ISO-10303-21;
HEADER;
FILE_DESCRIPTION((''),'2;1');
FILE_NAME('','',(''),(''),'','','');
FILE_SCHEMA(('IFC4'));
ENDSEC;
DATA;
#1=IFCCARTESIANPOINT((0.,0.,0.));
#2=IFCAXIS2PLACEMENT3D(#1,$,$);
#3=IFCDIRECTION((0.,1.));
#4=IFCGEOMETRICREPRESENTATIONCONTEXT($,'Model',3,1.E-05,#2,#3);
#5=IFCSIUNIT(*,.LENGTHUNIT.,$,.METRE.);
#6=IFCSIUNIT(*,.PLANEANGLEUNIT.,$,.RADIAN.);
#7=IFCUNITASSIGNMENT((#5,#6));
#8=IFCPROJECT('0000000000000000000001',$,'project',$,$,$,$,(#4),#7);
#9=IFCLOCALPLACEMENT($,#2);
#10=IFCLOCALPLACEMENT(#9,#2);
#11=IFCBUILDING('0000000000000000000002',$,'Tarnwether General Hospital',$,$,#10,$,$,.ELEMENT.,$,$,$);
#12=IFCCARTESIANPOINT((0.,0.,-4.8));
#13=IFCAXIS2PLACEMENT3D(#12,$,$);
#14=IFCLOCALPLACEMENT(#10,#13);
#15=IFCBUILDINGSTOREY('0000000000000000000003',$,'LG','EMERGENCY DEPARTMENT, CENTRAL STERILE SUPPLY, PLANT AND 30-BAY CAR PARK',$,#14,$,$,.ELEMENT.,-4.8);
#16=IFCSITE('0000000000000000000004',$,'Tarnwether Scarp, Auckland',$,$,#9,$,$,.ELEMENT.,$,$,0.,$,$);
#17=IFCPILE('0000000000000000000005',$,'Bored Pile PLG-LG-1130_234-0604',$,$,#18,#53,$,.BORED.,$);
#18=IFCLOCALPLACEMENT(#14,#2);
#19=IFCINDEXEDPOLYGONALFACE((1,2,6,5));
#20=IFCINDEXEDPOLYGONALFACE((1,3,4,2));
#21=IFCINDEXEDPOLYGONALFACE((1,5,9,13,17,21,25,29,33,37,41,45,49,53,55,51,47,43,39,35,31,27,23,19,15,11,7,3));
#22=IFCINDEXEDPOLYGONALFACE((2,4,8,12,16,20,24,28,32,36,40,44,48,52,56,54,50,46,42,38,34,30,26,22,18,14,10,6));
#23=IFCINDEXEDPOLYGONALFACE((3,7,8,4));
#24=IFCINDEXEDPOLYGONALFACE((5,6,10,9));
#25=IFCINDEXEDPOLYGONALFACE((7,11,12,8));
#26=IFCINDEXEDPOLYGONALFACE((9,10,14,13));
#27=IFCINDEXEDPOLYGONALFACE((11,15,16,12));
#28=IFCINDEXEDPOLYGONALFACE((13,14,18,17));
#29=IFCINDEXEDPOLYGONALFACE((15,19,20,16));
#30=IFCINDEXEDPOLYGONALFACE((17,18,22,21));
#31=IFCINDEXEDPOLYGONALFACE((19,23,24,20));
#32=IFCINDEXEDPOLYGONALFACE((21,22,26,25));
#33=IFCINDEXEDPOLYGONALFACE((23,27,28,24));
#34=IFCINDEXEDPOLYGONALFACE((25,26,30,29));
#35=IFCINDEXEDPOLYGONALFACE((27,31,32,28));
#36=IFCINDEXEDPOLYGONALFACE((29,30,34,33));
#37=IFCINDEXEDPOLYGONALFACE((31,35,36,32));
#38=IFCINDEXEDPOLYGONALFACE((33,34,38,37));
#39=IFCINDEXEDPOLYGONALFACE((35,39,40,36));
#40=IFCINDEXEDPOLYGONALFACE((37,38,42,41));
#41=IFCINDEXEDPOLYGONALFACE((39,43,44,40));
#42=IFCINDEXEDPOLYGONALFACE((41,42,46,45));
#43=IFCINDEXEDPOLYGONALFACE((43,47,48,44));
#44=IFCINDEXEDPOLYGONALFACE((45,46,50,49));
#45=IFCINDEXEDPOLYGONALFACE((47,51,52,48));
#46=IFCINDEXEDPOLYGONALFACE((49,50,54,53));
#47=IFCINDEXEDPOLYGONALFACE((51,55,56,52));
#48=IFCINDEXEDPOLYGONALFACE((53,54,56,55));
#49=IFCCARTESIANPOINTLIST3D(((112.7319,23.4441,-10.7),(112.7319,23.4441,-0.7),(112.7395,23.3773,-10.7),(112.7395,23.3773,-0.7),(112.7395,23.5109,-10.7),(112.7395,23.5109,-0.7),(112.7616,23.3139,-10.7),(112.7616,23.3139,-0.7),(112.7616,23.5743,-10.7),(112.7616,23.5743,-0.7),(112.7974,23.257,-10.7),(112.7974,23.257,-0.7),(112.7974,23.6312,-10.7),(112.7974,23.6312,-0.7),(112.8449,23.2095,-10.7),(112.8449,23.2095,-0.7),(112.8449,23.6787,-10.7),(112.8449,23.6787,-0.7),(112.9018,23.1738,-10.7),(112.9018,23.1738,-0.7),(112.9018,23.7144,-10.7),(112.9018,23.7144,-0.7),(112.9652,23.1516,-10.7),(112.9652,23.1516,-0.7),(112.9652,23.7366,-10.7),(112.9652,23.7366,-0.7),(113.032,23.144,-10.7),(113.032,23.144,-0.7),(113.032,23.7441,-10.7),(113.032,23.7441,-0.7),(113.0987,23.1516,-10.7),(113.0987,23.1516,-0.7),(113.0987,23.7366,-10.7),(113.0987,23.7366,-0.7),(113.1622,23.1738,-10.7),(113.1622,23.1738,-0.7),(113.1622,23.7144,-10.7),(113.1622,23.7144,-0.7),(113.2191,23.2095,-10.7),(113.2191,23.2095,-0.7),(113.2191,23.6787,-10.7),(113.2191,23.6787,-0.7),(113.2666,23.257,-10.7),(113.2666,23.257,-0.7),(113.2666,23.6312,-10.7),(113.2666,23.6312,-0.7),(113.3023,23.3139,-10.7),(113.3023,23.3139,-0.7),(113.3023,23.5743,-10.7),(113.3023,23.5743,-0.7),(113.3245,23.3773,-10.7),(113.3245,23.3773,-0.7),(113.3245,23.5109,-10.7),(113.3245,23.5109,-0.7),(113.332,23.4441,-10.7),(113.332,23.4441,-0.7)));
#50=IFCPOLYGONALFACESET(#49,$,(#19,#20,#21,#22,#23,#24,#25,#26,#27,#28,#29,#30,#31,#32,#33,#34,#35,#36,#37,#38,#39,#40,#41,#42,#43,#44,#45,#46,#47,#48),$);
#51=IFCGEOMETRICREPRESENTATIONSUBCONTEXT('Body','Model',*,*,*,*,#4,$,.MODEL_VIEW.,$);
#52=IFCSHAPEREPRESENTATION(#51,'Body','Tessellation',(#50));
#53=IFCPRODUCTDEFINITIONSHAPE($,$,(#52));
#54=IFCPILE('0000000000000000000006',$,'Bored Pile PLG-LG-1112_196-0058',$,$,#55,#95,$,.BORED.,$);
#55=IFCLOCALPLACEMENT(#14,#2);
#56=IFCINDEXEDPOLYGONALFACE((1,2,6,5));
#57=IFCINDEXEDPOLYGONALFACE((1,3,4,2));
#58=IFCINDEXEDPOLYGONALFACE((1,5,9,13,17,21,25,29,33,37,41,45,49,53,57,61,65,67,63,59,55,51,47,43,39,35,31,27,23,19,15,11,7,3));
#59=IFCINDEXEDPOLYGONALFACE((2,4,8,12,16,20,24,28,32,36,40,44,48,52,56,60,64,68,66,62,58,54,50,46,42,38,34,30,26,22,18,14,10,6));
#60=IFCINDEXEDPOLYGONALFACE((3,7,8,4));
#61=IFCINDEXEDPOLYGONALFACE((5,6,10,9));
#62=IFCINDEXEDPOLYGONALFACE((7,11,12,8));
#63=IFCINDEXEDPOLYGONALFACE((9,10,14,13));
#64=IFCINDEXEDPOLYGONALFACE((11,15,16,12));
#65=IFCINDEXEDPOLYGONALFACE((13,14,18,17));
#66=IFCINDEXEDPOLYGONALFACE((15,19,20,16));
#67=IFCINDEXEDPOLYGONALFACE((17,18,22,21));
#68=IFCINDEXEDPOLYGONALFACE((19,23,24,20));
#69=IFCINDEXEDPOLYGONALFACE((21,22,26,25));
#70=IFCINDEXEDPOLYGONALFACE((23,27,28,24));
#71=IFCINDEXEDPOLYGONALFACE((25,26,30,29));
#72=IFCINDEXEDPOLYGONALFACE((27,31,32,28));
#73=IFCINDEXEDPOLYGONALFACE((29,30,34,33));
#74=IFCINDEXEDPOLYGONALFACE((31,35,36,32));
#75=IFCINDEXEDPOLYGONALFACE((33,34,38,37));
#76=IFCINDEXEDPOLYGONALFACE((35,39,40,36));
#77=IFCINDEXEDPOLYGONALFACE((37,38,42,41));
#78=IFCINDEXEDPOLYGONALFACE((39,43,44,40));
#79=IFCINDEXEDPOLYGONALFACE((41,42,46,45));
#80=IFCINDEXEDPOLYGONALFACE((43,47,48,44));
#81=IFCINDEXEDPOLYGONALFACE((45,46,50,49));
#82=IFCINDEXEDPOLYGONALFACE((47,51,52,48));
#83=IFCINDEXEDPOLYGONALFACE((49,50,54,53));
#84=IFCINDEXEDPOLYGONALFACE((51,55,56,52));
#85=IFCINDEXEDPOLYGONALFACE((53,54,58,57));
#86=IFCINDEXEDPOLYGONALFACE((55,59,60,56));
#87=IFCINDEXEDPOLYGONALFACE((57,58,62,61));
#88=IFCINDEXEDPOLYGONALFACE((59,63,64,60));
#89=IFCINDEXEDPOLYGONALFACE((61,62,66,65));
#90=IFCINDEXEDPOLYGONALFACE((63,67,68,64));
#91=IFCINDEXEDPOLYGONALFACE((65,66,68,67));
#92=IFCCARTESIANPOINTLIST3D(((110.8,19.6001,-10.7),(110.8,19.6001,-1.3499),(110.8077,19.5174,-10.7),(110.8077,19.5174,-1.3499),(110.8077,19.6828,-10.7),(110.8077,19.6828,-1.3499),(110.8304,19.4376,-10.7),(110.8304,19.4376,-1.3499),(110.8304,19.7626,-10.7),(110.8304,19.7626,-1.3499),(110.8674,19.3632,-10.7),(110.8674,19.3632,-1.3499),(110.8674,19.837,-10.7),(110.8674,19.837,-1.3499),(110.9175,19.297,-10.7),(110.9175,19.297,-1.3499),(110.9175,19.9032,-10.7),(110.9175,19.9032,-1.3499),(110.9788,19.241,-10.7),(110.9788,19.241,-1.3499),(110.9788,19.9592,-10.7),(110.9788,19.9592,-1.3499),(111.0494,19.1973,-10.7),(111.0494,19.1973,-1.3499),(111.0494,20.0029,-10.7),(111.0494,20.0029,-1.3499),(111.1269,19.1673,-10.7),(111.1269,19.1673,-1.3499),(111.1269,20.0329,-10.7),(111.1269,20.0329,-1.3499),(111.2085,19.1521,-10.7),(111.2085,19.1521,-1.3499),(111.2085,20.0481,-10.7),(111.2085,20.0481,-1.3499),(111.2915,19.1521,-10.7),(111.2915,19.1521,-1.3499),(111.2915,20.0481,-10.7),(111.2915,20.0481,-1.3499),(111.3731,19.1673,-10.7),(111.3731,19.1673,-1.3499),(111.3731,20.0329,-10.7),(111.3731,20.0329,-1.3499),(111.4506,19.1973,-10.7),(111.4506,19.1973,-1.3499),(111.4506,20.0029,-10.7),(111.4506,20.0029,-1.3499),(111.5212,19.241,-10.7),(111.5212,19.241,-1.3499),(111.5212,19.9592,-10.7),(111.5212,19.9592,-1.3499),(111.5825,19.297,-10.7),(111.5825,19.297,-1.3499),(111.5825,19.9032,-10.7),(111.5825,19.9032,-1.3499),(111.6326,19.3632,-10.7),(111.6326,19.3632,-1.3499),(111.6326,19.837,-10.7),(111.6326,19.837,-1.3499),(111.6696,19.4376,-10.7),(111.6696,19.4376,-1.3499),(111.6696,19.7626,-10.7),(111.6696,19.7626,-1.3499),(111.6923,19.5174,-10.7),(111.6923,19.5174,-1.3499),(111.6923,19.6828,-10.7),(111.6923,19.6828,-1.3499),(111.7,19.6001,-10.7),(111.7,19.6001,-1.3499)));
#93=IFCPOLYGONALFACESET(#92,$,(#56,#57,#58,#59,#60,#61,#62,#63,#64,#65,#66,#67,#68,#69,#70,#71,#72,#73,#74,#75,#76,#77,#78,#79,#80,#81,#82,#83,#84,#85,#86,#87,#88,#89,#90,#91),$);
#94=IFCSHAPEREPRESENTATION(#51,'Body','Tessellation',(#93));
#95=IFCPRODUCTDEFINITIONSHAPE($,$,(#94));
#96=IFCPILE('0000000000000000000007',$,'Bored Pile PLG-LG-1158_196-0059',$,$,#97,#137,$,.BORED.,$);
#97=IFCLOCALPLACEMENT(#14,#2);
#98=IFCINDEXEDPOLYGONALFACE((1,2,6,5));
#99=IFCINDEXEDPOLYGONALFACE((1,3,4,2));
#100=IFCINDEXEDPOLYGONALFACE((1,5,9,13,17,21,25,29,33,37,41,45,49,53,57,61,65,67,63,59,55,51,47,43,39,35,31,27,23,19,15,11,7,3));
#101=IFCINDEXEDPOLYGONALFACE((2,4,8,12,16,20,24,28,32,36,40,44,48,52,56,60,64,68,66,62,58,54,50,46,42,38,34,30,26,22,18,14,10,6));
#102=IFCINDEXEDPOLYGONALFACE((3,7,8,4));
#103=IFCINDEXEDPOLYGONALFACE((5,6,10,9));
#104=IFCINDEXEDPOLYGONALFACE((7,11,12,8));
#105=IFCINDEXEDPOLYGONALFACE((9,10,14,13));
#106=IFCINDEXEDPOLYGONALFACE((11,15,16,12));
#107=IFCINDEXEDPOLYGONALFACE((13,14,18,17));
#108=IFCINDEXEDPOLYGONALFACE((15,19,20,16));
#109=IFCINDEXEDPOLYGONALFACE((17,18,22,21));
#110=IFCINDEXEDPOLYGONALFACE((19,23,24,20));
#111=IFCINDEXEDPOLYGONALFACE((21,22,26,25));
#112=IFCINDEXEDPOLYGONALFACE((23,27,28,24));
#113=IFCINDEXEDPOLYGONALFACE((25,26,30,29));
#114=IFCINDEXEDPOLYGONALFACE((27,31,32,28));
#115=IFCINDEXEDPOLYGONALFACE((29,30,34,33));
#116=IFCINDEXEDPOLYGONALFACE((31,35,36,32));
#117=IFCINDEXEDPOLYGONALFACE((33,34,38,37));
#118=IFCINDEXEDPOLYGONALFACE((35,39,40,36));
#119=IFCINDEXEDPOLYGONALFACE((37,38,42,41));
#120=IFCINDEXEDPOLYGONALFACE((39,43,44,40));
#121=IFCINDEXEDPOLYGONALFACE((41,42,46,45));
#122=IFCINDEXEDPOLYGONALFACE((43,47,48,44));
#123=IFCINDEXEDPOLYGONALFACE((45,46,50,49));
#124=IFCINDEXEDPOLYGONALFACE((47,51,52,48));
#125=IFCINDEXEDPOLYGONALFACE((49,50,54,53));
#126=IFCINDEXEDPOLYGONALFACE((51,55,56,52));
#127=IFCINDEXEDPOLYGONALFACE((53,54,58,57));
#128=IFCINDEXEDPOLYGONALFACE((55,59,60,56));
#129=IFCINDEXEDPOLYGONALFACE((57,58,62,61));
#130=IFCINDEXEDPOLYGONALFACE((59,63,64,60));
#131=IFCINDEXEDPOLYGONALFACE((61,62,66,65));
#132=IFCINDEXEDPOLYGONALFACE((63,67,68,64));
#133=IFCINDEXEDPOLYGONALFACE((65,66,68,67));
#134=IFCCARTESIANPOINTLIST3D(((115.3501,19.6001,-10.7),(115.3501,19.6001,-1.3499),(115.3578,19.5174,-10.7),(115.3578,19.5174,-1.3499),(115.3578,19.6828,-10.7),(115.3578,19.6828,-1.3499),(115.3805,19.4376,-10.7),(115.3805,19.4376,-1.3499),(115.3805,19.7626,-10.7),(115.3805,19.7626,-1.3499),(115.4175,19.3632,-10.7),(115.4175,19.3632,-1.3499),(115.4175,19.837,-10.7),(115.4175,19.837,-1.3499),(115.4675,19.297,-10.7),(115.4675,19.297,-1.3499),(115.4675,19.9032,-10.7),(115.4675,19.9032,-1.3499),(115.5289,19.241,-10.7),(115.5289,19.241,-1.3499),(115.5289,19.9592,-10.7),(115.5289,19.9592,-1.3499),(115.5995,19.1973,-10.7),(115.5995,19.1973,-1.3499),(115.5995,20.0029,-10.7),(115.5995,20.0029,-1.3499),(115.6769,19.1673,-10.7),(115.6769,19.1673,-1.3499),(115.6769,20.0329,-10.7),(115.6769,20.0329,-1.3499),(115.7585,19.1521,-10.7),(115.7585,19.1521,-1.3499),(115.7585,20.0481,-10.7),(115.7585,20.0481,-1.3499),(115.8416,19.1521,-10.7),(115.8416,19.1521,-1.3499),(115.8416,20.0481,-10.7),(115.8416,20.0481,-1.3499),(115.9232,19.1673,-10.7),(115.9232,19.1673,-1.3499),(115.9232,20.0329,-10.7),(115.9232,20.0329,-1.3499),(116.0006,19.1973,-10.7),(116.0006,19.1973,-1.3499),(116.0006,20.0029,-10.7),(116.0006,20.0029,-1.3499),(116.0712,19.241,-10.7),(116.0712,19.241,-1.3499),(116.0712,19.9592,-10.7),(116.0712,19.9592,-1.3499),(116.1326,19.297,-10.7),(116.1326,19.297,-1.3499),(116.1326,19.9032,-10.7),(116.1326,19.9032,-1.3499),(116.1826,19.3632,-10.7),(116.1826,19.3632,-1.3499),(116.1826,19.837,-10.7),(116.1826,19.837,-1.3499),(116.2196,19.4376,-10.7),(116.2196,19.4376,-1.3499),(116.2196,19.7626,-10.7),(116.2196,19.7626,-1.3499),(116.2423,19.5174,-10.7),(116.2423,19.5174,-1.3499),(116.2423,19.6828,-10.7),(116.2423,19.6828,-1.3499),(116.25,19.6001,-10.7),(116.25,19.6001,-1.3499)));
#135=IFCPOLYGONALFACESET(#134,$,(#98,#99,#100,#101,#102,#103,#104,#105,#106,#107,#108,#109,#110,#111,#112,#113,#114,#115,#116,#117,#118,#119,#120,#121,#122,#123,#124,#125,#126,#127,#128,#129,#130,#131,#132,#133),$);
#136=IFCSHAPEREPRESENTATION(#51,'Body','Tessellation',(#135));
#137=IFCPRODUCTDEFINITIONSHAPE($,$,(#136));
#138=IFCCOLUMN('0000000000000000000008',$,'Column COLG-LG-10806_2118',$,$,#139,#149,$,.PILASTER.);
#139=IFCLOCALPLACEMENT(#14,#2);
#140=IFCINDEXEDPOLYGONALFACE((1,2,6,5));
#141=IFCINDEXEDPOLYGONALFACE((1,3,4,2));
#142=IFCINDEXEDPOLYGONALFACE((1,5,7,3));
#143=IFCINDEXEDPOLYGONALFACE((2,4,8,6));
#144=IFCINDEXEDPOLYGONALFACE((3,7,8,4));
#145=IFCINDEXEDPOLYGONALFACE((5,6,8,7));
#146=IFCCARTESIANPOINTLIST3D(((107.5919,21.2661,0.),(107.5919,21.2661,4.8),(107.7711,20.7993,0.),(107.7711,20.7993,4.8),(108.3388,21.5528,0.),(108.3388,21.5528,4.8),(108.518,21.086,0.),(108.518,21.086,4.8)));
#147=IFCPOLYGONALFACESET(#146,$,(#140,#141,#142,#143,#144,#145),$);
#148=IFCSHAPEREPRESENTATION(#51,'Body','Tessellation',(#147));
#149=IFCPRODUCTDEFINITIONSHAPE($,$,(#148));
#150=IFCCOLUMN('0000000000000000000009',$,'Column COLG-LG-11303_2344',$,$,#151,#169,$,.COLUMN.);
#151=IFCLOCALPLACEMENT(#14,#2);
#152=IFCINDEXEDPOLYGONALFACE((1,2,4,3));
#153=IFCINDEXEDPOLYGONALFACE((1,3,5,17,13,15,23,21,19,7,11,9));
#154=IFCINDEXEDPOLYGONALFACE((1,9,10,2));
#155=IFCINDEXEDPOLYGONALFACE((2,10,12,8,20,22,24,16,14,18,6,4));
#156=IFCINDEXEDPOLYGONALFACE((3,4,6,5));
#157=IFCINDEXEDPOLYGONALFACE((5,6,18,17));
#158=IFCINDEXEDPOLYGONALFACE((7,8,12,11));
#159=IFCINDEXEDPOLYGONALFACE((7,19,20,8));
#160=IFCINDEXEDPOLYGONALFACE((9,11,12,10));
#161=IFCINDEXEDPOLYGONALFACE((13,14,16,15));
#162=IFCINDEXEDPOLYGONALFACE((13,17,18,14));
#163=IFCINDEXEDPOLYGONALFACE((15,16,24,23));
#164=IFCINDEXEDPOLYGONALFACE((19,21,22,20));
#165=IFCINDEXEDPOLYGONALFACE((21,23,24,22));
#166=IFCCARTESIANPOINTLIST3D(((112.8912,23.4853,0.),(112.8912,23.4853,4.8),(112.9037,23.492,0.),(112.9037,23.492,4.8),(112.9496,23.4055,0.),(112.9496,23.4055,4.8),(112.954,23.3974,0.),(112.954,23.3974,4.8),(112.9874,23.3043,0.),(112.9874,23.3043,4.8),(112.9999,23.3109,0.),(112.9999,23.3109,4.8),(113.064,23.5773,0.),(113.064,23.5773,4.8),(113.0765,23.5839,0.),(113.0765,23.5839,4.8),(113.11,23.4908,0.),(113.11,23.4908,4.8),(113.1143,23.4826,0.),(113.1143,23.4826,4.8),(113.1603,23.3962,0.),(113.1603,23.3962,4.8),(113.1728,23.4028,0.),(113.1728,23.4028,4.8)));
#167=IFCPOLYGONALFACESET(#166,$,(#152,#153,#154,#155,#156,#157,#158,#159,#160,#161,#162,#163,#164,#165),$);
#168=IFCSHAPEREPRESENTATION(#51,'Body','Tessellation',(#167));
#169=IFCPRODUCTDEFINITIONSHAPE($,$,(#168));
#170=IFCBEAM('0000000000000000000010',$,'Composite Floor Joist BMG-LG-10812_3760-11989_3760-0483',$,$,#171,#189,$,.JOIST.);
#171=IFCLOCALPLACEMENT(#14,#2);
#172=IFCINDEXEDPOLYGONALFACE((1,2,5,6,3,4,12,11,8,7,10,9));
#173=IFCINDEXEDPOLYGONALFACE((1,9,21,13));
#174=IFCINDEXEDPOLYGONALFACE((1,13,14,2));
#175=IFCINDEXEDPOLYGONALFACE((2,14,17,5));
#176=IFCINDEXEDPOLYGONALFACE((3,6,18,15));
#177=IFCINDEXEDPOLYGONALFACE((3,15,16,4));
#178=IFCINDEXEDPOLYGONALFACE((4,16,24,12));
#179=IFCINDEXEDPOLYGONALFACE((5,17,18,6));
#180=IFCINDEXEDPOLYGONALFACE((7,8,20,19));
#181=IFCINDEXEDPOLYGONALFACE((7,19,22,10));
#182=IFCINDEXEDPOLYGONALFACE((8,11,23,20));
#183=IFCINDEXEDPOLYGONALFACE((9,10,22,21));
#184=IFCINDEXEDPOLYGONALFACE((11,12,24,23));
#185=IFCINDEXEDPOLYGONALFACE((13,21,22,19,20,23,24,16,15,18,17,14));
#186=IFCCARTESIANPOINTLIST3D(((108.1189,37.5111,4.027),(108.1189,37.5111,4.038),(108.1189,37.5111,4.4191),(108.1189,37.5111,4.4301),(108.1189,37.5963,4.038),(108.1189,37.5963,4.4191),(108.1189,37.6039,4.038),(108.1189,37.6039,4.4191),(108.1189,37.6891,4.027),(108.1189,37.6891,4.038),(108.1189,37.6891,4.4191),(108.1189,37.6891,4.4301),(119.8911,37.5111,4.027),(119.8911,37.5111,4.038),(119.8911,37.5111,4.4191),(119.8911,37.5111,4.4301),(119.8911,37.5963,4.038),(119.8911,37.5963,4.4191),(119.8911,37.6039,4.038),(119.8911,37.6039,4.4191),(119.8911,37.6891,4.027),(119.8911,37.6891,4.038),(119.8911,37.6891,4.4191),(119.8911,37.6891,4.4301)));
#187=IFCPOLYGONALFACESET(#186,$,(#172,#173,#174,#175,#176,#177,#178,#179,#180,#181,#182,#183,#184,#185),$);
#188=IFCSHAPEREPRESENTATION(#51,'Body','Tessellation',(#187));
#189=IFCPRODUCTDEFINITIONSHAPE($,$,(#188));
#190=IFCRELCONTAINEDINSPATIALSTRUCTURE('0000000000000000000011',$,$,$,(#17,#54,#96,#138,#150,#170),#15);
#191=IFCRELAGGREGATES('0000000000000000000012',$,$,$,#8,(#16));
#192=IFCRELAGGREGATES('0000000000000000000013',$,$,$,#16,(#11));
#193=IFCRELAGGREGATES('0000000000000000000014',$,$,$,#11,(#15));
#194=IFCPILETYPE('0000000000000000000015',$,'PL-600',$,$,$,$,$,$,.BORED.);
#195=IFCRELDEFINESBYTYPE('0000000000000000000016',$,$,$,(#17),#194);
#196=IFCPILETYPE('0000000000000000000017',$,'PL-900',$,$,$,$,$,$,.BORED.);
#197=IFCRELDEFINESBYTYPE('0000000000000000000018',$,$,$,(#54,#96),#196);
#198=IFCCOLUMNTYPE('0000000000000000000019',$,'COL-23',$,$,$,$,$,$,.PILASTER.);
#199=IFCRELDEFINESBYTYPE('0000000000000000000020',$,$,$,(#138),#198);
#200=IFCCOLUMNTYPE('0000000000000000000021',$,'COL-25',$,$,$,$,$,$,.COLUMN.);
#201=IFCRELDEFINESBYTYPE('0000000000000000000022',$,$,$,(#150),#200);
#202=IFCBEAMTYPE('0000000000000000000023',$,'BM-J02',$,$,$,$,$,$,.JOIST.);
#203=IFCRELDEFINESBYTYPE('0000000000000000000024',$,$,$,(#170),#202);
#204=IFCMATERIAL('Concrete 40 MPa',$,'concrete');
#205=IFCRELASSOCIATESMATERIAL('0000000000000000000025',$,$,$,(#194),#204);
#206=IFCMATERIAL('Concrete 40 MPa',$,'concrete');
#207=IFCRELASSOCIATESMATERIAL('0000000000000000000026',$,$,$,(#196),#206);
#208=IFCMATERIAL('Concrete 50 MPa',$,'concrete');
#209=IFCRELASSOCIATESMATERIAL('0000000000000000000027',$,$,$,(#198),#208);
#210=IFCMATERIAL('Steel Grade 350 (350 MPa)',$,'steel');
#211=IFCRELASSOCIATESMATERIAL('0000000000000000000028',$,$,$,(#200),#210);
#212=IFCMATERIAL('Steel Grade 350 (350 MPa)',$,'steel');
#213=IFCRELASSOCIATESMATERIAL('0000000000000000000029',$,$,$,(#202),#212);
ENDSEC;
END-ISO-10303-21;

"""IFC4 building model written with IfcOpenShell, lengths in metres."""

from ifc_helpers import new_model, si_unit, direction, frame, origin, origin_2d, place, context, subcontext, project, spatial, rectangle, circle, i_section, extrude, material, material_profile, profile_set, type_object, element, save


model = new_model("IFC4")

# Units and contexts
model_context = context("Model", 3, precision=1e-05, world=origin(), true_north=direction((0.0, 1.0)))
body_context = subcontext(model_context, "Body", "Model", "MODEL_VIEW")
ifc_project = project(units=[si_unit("LENGTHUNIT", "METRE"), si_unit("PLANEANGLEUNIT", "RADIAN")], contexts=[model_context])

# Site, building, storey
site_placement = place(None, origin())
site = spatial("IfcSite", under=ifc_project, at=site_placement, Name="Tarnwether Scarp, Auckland", CompositionType="ELEMENT", RefElevation=0.0)
building_placement = place(site_placement, origin())
building = spatial("IfcBuilding", under=site, at=building_placement, Name="Tarnwether General Hospital", CompositionType="ELEMENT")
storey_placement = place(building_placement, frame((0.0, 0.0, -4.8)))
storey = spatial("IfcBuildingStorey", under=building, at=storey_placement, Name="LG", Description="EMERGENCY DEPARTMENT, CENTRAL STERILE SUPPLY, PLANT AND 30-BAY CAR PARK", CompositionType="ELEMENT", Elevation=-4.8)

# Piles
ifc_material_1 = material(Name="Concrete 40 MPa", Category="concrete")
ifc_material_profile_1 = material_profile(ifc_material_1, circle(Radius=0.3, at=origin_2d()), Name="PILE-D600")
ifc_profile_set_1 = profile_set([ifc_material_profile_1], Name="Concrete 40 MPa")
pile_type_1 = type_object("IfcPileType", Name="PL-600", PredefinedType="BORED", material=ifc_profile_set_1)
pile_1_placement = place(storey_placement, frame((113.032, 23.4441, -0.7), z_axis=(0.0, 0.0, -1.0), x_axis=(1.0, 0.0, 0.0)))
element("IfcPile", 1, at=pile_1_placement, inside=storey, type_object=pile_type_1, Name="Bored Pile PLG-LG-1130_234-0604", PredefinedType="BORED", context=body_context, shape_type="SweptSolid", body=[
    extrude(circle(Radius=0.3, at=origin_2d()), origin(), (0.0, 0.0, 1.0), 10.0),
])
ifc_material_2 = material(Name="Concrete 40 MPa", Category="concrete")
ifc_material_profile_2 = material_profile(ifc_material_2, circle(Radius=0.45, at=origin_2d()), Name="PILE-D900")
ifc_profile_set_2 = profile_set([ifc_material_profile_2], Name="Concrete 40 MPa")
pile_type_2 = type_object("IfcPileType", Name="PL-900", PredefinedType="BORED", material=ifc_profile_set_2)
for number, where, z_axis, x_axis, name in (
    (2, (111.25, 19.6001, -1.3499), (0.0, 0.0, -1.0), (1.0, 0.0, 0.0), "Bored Pile PLG-LG-1112_196-0058"),
    (3, (115.8, 19.6001, -1.3499), (0.0, 0.0, -1.0), (1.0, 0.0, 0.0), "Bored Pile PLG-LG-1158_196-0059"),
):
    element("IfcPile", number, at=place(storey_placement, frame(where, z_axis=z_axis, x_axis=x_axis)), inside=storey, type_object=pile_type_2, Name=name, PredefinedType="BORED", context=body_context, shape_type="SweptSolid", body=[
        extrude(circle(Radius=0.45, at=origin_2d()), origin(), (0.0, 0.0, 1.0), 9.3501),
    ])

# Columns
ifc_material_3 = material(Name="Concrete 50 MPa", Category="concrete")
ifc_material_profile_3 = material_profile(ifc_material_3, rectangle(XDim=0.5, YDim=0.8, at=origin_2d()), Name="RC-PIL-500x800")
ifc_profile_set_3 = profile_set([ifc_material_profile_3], Name="Concrete 50 MPa")
column_type_1 = type_object("IfcColumnType", Name="COL-23", PredefinedType="PILASTER", material=ifc_profile_set_3)
column_1_placement = place(storey_placement, frame((108.0549, 21.176, 0.0), z_axis=(0.0, 0.0, 1.0), x_axis=(-0.358368, 0.93358, 0.0)))
element("IfcColumn", 4, at=column_1_placement, inside=storey, type_object=column_type_1, Name="Column COLG-LG-10806_2118", PredefinedType="PILASTER", context=body_context, shape_type="SweptSolid", body=[
    extrude(rectangle(XDim=0.5, YDim=0.8, at=origin_2d()), origin(), (0.0, 0.0, 1.0), 4.8),
])
ifc_material_4 = material(Name="Steel Grade 350 (350 MPa)", Category="steel")
ifc_material_profile_4 = material_profile(ifc_material_4, i_section(OverallWidth=0.2051, OverallDepth=0.21, WebThickness=0.0093, FlangeThickness=0.0142, at=origin_2d()), Name="200UC59.5")
ifc_profile_set_4 = profile_set([ifc_material_profile_4], Name="Steel Grade 350 (350 MPa)")
column_type_2 = type_object("IfcColumnType", Name="COL-25", PredefinedType="COLUMN", material=ifc_profile_set_4)
column_2_placement = place(storey_placement, frame((113.032, 23.4441, 0.0), z_axis=(0.0, 0.0, 1.0), x_axis=(-0.469472, 0.882948, 0.0)))
element("IfcColumn", 5, at=column_2_placement, inside=storey, type_object=column_type_2, Name="Column COLG-LG-11303_2344", PredefinedType="COLUMN", context=body_context, shape_type="SweptSolid", body=[
    extrude(i_section(OverallWidth=0.2051, OverallDepth=0.21, WebThickness=0.0093, FlangeThickness=0.0142, at=origin_2d()), origin(), (0.0, 0.0, 1.0), 4.8),
])

# Beam
ifc_material_5 = material(Name="Steel Grade 350 (350 MPa)", Category="steel")
ifc_material_profile_5 = material_profile(ifc_material_5, i_section(OverallWidth=0.178, OverallDepth=0.4031, WebThickness=0.0076, FlangeThickness=0.011, at=origin_2d()), Name="410UB53.7")
ifc_profile_set_5 = profile_set([ifc_material_profile_5], Name="Steel Grade 350 (350 MPa)")
beam_type_1 = type_object("IfcBeamType", Name="BM-J02", PredefinedType="JOIST", material=ifc_profile_set_5)
beam_1_placement = place(storey_placement, frame((108.1189, 37.6001, 4.2285), z_axis=(1.0, 0.0, 0.0), x_axis=(0.0, 1.0, 0.0)))
element("IfcBeam", 6, at=beam_1_placement, inside=storey, type_object=beam_type_1, Name="Composite Floor Joist BMG-LG-10812_3760-11989_3760-0483", PredefinedType="JOIST", context=body_context, shape_type="SweptSolid", body=[
    extrude(i_section(OverallWidth=0.178, OverallDepth=0.4031, WebThickness=0.0076, FlangeThickness=0.011, at=origin_2d()), origin(), (0.0, 0.0, 1.0), 11.7722),
])

save(model, "model.ifc")
